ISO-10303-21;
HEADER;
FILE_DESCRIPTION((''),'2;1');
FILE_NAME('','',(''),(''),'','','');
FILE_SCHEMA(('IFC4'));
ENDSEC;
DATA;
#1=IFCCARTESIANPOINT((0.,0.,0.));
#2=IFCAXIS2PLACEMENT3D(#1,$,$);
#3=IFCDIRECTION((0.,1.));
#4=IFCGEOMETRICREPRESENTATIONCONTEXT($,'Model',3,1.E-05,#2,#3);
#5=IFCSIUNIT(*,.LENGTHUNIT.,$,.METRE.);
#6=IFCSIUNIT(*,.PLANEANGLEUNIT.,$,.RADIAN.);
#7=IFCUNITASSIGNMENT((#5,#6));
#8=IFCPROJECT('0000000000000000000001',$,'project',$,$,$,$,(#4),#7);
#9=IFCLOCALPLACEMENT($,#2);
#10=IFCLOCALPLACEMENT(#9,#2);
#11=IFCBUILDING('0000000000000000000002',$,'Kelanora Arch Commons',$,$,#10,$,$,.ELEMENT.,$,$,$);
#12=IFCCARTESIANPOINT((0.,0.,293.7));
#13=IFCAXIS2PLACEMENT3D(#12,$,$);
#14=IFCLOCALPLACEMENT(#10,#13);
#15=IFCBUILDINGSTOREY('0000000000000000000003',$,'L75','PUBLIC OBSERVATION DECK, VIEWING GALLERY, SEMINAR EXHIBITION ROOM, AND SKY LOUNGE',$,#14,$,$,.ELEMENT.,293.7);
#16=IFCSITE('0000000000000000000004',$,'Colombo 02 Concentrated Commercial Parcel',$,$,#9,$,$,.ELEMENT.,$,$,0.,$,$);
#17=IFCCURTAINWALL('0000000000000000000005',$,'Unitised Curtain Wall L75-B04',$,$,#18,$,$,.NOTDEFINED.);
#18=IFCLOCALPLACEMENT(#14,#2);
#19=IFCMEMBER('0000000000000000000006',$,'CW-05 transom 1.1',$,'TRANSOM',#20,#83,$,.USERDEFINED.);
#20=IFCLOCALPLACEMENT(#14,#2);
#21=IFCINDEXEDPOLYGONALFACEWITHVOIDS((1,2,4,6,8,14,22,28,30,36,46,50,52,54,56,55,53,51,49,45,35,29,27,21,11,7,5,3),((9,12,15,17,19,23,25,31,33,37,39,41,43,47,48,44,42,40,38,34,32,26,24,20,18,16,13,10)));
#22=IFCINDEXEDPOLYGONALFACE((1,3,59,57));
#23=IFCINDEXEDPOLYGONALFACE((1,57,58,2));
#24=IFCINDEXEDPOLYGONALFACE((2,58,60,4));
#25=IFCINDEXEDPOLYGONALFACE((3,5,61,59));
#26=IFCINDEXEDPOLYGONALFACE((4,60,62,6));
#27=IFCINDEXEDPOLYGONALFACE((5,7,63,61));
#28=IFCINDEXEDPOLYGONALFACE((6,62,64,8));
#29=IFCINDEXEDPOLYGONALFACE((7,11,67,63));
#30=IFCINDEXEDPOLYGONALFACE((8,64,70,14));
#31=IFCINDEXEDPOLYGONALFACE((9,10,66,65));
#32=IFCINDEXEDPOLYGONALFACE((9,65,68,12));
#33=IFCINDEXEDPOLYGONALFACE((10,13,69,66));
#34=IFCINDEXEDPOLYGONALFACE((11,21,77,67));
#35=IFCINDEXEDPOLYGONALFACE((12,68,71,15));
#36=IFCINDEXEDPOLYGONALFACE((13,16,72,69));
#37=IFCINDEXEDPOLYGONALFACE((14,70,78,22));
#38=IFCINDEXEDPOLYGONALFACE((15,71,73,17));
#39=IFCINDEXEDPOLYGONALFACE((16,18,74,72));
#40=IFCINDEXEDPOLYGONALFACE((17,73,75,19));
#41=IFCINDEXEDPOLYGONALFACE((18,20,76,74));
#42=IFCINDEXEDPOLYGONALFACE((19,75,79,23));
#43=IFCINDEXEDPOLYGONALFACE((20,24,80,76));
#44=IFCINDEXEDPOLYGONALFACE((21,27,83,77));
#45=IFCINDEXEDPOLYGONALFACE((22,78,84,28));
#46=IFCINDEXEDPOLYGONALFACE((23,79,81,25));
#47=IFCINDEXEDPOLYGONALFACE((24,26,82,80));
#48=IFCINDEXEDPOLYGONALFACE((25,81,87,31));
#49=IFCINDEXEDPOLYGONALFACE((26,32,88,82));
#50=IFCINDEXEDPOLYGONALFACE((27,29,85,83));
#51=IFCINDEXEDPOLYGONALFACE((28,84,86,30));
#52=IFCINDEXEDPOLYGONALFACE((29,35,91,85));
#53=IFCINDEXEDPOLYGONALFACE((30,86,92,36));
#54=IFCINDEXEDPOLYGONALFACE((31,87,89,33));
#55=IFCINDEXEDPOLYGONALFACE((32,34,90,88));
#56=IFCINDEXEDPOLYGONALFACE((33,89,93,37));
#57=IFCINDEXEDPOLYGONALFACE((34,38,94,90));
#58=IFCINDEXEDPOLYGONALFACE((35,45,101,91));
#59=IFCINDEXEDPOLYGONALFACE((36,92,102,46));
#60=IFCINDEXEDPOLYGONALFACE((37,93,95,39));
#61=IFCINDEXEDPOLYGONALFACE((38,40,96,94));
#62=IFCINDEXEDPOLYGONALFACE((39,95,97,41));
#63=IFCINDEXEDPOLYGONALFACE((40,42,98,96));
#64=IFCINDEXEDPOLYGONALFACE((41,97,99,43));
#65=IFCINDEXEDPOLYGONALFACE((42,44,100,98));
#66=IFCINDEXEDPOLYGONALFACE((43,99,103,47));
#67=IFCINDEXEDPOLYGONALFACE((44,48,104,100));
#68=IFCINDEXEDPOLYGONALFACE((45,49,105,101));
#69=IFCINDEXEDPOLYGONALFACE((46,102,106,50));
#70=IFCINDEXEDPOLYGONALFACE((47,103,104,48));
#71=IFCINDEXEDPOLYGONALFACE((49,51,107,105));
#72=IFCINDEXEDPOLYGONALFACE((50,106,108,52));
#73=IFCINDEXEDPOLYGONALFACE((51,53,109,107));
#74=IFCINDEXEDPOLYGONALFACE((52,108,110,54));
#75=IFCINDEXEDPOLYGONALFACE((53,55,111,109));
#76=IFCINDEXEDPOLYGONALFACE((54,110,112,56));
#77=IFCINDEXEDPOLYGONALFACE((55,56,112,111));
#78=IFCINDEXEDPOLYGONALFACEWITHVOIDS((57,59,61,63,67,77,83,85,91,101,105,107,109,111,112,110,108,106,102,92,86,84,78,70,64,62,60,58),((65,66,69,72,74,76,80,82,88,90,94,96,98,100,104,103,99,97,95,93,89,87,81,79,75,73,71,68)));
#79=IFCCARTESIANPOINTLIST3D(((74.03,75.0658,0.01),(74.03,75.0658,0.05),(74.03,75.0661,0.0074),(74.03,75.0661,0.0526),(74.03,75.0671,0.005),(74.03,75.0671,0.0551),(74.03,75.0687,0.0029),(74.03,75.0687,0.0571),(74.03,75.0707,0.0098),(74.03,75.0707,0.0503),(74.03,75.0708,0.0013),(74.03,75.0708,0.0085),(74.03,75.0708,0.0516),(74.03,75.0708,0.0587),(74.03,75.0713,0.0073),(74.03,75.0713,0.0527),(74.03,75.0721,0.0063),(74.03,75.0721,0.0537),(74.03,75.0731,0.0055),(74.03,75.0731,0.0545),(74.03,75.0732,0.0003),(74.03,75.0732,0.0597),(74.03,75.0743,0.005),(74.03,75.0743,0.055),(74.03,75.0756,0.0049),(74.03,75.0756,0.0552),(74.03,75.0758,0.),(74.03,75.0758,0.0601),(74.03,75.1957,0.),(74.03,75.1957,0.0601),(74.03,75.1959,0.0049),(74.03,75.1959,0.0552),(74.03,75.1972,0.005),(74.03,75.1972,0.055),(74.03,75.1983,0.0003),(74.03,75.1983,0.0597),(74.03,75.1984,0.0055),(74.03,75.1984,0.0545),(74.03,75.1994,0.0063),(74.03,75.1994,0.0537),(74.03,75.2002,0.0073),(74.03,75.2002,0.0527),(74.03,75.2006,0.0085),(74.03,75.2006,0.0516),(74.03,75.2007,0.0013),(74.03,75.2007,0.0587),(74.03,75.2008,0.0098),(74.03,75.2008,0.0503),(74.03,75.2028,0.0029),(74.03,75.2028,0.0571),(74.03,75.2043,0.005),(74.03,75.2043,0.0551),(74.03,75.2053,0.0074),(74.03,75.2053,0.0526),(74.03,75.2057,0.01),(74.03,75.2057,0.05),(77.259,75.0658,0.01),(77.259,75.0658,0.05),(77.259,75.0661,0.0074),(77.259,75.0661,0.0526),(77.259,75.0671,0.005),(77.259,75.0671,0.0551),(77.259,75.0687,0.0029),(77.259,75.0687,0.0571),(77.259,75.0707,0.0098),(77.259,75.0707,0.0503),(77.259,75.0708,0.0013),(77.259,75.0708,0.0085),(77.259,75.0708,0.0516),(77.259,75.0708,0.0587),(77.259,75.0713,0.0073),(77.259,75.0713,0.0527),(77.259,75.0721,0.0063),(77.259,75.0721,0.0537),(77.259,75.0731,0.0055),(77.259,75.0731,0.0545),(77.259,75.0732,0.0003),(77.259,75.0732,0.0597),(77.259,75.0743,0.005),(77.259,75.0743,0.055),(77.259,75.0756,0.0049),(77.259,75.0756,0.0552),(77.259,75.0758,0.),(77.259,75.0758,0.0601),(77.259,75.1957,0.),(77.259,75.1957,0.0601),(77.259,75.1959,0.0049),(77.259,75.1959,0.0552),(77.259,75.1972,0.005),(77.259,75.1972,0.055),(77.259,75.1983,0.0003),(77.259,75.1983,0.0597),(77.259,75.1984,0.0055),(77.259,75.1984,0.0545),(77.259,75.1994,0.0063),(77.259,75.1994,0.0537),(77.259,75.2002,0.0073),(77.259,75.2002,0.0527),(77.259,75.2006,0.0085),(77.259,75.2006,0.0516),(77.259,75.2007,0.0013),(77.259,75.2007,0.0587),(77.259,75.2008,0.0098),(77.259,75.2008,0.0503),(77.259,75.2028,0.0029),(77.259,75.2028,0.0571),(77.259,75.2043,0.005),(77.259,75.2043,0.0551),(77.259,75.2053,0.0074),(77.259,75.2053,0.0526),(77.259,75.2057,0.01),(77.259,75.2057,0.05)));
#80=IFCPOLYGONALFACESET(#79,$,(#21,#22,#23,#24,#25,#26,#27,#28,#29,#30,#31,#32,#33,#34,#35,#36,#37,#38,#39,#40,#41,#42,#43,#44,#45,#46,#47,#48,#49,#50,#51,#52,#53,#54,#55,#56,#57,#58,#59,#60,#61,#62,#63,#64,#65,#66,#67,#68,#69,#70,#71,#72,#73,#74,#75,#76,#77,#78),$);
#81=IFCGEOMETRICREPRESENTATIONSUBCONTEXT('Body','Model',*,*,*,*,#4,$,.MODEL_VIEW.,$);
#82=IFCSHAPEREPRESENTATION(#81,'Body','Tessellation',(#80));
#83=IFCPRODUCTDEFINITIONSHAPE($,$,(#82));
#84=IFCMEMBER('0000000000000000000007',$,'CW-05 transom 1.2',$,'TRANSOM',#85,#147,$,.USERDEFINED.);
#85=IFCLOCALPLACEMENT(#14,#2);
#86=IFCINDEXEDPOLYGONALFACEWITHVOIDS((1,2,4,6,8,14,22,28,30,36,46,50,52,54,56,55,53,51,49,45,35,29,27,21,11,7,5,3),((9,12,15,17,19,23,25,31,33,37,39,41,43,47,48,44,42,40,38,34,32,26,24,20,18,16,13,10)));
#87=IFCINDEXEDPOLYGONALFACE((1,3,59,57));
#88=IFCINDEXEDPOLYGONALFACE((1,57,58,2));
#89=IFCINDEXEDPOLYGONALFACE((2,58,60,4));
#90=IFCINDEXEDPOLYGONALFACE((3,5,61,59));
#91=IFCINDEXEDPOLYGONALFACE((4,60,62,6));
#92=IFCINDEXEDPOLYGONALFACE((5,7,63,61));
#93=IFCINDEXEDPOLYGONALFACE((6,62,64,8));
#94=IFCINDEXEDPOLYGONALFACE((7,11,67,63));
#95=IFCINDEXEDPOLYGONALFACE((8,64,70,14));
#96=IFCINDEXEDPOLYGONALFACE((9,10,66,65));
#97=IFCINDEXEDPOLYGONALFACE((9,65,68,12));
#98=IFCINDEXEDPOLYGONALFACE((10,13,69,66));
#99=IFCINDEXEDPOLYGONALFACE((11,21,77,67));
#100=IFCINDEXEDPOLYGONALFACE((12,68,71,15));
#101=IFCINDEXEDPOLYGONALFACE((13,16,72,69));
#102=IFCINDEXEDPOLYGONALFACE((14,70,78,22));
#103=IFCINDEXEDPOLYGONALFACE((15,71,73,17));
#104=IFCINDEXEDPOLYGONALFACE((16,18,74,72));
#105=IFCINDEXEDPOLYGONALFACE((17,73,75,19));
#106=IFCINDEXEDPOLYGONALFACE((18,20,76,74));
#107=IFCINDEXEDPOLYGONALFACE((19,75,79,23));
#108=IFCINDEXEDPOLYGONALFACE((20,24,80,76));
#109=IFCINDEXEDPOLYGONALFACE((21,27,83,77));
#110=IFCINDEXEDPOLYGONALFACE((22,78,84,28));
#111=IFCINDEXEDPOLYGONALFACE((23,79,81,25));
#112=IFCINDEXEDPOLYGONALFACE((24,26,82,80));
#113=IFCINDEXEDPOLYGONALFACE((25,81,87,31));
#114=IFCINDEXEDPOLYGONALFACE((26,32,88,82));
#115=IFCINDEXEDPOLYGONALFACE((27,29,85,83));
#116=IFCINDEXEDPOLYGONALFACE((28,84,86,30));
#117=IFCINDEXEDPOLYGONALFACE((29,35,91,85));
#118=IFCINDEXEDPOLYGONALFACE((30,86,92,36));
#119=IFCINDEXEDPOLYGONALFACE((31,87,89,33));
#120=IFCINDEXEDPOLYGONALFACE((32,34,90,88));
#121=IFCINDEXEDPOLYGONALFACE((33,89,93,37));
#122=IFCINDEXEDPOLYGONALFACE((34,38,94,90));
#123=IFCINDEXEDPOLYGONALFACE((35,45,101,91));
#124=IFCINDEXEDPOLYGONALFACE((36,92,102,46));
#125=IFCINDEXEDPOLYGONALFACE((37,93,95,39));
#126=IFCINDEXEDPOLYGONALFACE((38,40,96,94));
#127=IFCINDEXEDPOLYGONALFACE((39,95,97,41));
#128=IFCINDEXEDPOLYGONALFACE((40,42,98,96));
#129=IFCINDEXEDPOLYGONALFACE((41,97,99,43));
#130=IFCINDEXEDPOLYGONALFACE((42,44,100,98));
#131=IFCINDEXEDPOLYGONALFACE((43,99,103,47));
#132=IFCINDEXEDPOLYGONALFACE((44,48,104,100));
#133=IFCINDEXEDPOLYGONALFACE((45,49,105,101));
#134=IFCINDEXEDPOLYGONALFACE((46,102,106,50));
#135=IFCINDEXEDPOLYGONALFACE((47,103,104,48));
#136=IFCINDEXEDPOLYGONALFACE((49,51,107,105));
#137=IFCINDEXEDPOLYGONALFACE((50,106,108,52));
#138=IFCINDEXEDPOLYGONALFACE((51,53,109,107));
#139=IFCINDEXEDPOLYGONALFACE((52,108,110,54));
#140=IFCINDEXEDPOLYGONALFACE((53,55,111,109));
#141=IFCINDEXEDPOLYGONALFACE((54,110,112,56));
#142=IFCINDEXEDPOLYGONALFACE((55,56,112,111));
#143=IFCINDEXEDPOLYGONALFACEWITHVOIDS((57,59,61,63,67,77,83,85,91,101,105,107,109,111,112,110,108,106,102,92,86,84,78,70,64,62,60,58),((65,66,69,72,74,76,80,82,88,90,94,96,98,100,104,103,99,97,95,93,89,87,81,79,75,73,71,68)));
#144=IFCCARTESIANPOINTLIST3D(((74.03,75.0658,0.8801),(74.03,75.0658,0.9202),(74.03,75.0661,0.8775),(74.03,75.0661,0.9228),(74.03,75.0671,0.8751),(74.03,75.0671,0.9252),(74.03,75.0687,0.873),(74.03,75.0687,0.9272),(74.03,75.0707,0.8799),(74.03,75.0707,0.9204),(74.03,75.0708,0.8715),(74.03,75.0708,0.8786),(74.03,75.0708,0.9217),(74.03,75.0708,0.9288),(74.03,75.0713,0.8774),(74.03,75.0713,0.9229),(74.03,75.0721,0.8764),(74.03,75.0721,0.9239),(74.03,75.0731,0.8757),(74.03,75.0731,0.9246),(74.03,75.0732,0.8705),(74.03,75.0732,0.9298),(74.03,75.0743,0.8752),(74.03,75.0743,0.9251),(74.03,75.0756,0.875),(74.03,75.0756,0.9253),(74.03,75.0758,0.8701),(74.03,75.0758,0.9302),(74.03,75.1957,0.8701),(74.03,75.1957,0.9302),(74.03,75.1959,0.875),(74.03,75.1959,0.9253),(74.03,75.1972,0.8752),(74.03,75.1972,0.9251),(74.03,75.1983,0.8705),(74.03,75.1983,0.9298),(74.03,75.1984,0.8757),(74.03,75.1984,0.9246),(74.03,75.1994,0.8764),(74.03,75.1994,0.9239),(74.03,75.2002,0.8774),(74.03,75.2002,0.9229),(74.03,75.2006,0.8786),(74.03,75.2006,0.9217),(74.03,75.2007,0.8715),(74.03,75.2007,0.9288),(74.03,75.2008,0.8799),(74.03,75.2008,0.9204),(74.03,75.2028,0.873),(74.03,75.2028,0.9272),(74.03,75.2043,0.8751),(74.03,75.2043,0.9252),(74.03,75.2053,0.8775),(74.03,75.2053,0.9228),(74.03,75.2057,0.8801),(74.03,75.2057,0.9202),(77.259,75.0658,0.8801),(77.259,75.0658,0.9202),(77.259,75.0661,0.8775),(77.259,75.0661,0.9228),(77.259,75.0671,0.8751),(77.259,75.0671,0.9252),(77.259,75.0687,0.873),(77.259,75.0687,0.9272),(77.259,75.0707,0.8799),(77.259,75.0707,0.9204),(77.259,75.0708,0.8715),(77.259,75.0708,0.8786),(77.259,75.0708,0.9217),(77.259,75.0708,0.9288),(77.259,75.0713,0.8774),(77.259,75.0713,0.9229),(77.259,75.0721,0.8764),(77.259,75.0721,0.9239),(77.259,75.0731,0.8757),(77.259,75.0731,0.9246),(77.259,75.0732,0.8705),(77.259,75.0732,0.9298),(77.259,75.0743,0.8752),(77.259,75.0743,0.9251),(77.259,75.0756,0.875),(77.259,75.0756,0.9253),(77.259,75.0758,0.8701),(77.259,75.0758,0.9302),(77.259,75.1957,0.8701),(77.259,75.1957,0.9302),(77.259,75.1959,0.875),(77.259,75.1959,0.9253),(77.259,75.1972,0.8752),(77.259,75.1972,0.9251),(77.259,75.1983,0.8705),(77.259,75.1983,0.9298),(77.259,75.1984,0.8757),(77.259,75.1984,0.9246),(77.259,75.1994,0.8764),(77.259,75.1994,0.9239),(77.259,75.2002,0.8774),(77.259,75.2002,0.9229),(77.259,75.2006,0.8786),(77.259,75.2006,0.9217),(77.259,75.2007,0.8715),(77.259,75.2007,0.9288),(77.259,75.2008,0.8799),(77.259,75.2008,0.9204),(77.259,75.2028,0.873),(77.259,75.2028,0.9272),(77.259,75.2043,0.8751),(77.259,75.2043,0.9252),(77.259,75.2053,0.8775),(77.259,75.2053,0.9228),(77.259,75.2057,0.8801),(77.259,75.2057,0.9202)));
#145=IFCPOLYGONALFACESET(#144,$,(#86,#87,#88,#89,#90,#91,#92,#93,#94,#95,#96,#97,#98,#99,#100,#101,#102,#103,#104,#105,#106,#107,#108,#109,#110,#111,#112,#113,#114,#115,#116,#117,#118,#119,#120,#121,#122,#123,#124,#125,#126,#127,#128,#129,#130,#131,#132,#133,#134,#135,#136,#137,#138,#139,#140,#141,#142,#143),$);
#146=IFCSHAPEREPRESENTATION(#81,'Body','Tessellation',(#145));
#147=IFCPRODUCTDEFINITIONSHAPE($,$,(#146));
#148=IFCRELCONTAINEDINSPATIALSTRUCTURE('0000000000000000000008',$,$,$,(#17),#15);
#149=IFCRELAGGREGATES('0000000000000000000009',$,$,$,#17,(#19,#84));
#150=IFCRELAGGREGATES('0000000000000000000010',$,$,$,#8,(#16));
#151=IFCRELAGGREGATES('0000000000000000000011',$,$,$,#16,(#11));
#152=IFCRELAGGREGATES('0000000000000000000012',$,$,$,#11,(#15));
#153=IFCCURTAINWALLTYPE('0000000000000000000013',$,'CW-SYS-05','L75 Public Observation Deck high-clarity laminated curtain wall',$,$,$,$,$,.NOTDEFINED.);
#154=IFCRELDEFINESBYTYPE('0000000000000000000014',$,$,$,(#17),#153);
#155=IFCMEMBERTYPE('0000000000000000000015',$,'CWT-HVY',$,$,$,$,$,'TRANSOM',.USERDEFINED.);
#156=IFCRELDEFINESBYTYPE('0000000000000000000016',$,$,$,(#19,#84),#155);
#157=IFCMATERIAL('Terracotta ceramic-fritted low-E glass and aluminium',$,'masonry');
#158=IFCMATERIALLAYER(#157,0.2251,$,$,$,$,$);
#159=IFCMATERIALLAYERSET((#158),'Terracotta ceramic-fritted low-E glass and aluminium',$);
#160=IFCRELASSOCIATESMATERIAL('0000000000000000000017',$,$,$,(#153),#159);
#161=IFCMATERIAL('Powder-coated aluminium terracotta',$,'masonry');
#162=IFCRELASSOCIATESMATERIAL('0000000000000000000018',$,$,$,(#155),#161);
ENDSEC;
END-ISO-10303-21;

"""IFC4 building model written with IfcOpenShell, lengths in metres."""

from ifc_helpers import new_model, si_unit, direction, frame, origin, origin_2d, place, context, subcontext, project, spatial, hollow_rectangle, extrude, material, layer, layer_set, material_profile, profile_set, type_object, element, aggregate, save


model = new_model("IFC4")

# Units and contexts
model_context = context("Model", 3, precision=1e-05, world=origin(), true_north=direction((0.0, 1.0)))
body_context = subcontext(model_context, "Body", "Model", "MODEL_VIEW")
ifc_project = project(units=[si_unit("LENGTHUNIT", "METRE"), si_unit("PLANEANGLEUNIT", "RADIAN")], contexts=[model_context])

# Site, building, storey
site_placement = place(None, origin())
site = spatial("IfcSite", under=ifc_project, at=site_placement, Name="Colombo 02 Concentrated Commercial Parcel", CompositionType="ELEMENT", RefElevation=0.0)
building_placement = place(site_placement, origin())
building = spatial("IfcBuilding", under=site, at=building_placement, Name="Kelanora Arch Commons", CompositionType="ELEMENT")
storey_placement = place(building_placement, frame((0.0, 0.0, 293.7)))
storey = spatial("IfcBuildingStorey", under=building, at=storey_placement, Name="L75", Description="PUBLIC OBSERVATION DECK, VIEWING GALLERY, SEMINAR EXHIBITION ROOM, AND SKY LOUNGE", CompositionType="ELEMENT", Elevation=293.7)

# Curtain wall
ifc_material_1 = material(Name="Terracotta ceramic-fritted low-E glass and aluminium", Category="masonry")
ifc_layer_1 = layer(ifc_material_1, 0.2251)
ifc_layer_set_1 = layer_set([ifc_layer_1], Name="Terracotta ceramic-fritted low-E glass and aluminium")
curtain_wall_type = type_object("IfcCurtainWallType", Name="CW-SYS-05", Description="L75 Public Observation Deck high-clarity laminated curtain wall", PredefinedType="NOTDEFINED", material=ifc_layer_set_1)
ifc_material_2 = material(Name="Powder-coated aluminium terracotta", Category="masonry")
curtain_wall_1_placement = place(storey_placement, origin())
curtain_wall_1 = element("IfcCurtainWall", 1, at=curtain_wall_1_placement, inside=storey, type_object=curtain_wall_type, Name="Unitised Curtain Wall L75-B04", PredefinedType="NOTDEFINED")

# Members
ifc_material_profile_1 = material_profile(ifc_material_2, hollow_rectangle(XDim=0.1399, YDim=0.0601, WallThickness=0.0049, InnerFilletRadius=0.0049, OuterFilletRadius=0.01, at=origin_2d()), Name="CWT140x60")
ifc_profile_set_1 = profile_set([ifc_material_profile_1], Name="Powder-coated aluminium terracotta")
member_type_1 = type_object("IfcMemberType", Name="CWT-HVY", ElementType="TRANSOM", PredefinedType="USERDEFINED", material=ifc_profile_set_1)
member_1_placement = place(storey_placement, frame((77.259, 75.1357, 0.03), z_axis=(-1.0, 0.0, 0.0), x_axis=(0.0, -1.0, 0.0)))
member_1 = element("IfcMember", 2, at=member_1_placement, type_object=member_type_1, Name="CW-05 transom 1.1", ObjectType="TRANSOM", PredefinedType="USERDEFINED", context=body_context, shape_type="SweptSolid", body=[
    extrude(hollow_rectangle(XDim=0.1399, YDim=0.0601, WallThickness=0.0049, InnerFilletRadius=0.0049, OuterFilletRadius=0.01, at=origin_2d()), origin(), (0.0, 0.0, 1.0), 3.229),
])
member_2_placement = place(storey_placement, frame((77.259, 75.1357, 0.9001), z_axis=(-1.0, 0.0, 0.0), x_axis=(0.0, -1.0, 0.0)))
member_2 = element("IfcMember", 3, at=member_2_placement, type_object=member_type_1, Name="CW-05 transom 1.2", ObjectType="TRANSOM", PredefinedType="USERDEFINED", context=body_context, shape_type="SweptSolid", body=[
    extrude(hollow_rectangle(XDim=0.1399, YDim=0.0601, WallThickness=0.0049, InnerFilletRadius=0.0049, OuterFilletRadius=0.01, at=origin_2d()), origin(), (0.0, 0.0, 1.0), 3.229),
])

aggregate(curtain_wall_1, [member_1, member_2])

save(model, "model.ifc")
